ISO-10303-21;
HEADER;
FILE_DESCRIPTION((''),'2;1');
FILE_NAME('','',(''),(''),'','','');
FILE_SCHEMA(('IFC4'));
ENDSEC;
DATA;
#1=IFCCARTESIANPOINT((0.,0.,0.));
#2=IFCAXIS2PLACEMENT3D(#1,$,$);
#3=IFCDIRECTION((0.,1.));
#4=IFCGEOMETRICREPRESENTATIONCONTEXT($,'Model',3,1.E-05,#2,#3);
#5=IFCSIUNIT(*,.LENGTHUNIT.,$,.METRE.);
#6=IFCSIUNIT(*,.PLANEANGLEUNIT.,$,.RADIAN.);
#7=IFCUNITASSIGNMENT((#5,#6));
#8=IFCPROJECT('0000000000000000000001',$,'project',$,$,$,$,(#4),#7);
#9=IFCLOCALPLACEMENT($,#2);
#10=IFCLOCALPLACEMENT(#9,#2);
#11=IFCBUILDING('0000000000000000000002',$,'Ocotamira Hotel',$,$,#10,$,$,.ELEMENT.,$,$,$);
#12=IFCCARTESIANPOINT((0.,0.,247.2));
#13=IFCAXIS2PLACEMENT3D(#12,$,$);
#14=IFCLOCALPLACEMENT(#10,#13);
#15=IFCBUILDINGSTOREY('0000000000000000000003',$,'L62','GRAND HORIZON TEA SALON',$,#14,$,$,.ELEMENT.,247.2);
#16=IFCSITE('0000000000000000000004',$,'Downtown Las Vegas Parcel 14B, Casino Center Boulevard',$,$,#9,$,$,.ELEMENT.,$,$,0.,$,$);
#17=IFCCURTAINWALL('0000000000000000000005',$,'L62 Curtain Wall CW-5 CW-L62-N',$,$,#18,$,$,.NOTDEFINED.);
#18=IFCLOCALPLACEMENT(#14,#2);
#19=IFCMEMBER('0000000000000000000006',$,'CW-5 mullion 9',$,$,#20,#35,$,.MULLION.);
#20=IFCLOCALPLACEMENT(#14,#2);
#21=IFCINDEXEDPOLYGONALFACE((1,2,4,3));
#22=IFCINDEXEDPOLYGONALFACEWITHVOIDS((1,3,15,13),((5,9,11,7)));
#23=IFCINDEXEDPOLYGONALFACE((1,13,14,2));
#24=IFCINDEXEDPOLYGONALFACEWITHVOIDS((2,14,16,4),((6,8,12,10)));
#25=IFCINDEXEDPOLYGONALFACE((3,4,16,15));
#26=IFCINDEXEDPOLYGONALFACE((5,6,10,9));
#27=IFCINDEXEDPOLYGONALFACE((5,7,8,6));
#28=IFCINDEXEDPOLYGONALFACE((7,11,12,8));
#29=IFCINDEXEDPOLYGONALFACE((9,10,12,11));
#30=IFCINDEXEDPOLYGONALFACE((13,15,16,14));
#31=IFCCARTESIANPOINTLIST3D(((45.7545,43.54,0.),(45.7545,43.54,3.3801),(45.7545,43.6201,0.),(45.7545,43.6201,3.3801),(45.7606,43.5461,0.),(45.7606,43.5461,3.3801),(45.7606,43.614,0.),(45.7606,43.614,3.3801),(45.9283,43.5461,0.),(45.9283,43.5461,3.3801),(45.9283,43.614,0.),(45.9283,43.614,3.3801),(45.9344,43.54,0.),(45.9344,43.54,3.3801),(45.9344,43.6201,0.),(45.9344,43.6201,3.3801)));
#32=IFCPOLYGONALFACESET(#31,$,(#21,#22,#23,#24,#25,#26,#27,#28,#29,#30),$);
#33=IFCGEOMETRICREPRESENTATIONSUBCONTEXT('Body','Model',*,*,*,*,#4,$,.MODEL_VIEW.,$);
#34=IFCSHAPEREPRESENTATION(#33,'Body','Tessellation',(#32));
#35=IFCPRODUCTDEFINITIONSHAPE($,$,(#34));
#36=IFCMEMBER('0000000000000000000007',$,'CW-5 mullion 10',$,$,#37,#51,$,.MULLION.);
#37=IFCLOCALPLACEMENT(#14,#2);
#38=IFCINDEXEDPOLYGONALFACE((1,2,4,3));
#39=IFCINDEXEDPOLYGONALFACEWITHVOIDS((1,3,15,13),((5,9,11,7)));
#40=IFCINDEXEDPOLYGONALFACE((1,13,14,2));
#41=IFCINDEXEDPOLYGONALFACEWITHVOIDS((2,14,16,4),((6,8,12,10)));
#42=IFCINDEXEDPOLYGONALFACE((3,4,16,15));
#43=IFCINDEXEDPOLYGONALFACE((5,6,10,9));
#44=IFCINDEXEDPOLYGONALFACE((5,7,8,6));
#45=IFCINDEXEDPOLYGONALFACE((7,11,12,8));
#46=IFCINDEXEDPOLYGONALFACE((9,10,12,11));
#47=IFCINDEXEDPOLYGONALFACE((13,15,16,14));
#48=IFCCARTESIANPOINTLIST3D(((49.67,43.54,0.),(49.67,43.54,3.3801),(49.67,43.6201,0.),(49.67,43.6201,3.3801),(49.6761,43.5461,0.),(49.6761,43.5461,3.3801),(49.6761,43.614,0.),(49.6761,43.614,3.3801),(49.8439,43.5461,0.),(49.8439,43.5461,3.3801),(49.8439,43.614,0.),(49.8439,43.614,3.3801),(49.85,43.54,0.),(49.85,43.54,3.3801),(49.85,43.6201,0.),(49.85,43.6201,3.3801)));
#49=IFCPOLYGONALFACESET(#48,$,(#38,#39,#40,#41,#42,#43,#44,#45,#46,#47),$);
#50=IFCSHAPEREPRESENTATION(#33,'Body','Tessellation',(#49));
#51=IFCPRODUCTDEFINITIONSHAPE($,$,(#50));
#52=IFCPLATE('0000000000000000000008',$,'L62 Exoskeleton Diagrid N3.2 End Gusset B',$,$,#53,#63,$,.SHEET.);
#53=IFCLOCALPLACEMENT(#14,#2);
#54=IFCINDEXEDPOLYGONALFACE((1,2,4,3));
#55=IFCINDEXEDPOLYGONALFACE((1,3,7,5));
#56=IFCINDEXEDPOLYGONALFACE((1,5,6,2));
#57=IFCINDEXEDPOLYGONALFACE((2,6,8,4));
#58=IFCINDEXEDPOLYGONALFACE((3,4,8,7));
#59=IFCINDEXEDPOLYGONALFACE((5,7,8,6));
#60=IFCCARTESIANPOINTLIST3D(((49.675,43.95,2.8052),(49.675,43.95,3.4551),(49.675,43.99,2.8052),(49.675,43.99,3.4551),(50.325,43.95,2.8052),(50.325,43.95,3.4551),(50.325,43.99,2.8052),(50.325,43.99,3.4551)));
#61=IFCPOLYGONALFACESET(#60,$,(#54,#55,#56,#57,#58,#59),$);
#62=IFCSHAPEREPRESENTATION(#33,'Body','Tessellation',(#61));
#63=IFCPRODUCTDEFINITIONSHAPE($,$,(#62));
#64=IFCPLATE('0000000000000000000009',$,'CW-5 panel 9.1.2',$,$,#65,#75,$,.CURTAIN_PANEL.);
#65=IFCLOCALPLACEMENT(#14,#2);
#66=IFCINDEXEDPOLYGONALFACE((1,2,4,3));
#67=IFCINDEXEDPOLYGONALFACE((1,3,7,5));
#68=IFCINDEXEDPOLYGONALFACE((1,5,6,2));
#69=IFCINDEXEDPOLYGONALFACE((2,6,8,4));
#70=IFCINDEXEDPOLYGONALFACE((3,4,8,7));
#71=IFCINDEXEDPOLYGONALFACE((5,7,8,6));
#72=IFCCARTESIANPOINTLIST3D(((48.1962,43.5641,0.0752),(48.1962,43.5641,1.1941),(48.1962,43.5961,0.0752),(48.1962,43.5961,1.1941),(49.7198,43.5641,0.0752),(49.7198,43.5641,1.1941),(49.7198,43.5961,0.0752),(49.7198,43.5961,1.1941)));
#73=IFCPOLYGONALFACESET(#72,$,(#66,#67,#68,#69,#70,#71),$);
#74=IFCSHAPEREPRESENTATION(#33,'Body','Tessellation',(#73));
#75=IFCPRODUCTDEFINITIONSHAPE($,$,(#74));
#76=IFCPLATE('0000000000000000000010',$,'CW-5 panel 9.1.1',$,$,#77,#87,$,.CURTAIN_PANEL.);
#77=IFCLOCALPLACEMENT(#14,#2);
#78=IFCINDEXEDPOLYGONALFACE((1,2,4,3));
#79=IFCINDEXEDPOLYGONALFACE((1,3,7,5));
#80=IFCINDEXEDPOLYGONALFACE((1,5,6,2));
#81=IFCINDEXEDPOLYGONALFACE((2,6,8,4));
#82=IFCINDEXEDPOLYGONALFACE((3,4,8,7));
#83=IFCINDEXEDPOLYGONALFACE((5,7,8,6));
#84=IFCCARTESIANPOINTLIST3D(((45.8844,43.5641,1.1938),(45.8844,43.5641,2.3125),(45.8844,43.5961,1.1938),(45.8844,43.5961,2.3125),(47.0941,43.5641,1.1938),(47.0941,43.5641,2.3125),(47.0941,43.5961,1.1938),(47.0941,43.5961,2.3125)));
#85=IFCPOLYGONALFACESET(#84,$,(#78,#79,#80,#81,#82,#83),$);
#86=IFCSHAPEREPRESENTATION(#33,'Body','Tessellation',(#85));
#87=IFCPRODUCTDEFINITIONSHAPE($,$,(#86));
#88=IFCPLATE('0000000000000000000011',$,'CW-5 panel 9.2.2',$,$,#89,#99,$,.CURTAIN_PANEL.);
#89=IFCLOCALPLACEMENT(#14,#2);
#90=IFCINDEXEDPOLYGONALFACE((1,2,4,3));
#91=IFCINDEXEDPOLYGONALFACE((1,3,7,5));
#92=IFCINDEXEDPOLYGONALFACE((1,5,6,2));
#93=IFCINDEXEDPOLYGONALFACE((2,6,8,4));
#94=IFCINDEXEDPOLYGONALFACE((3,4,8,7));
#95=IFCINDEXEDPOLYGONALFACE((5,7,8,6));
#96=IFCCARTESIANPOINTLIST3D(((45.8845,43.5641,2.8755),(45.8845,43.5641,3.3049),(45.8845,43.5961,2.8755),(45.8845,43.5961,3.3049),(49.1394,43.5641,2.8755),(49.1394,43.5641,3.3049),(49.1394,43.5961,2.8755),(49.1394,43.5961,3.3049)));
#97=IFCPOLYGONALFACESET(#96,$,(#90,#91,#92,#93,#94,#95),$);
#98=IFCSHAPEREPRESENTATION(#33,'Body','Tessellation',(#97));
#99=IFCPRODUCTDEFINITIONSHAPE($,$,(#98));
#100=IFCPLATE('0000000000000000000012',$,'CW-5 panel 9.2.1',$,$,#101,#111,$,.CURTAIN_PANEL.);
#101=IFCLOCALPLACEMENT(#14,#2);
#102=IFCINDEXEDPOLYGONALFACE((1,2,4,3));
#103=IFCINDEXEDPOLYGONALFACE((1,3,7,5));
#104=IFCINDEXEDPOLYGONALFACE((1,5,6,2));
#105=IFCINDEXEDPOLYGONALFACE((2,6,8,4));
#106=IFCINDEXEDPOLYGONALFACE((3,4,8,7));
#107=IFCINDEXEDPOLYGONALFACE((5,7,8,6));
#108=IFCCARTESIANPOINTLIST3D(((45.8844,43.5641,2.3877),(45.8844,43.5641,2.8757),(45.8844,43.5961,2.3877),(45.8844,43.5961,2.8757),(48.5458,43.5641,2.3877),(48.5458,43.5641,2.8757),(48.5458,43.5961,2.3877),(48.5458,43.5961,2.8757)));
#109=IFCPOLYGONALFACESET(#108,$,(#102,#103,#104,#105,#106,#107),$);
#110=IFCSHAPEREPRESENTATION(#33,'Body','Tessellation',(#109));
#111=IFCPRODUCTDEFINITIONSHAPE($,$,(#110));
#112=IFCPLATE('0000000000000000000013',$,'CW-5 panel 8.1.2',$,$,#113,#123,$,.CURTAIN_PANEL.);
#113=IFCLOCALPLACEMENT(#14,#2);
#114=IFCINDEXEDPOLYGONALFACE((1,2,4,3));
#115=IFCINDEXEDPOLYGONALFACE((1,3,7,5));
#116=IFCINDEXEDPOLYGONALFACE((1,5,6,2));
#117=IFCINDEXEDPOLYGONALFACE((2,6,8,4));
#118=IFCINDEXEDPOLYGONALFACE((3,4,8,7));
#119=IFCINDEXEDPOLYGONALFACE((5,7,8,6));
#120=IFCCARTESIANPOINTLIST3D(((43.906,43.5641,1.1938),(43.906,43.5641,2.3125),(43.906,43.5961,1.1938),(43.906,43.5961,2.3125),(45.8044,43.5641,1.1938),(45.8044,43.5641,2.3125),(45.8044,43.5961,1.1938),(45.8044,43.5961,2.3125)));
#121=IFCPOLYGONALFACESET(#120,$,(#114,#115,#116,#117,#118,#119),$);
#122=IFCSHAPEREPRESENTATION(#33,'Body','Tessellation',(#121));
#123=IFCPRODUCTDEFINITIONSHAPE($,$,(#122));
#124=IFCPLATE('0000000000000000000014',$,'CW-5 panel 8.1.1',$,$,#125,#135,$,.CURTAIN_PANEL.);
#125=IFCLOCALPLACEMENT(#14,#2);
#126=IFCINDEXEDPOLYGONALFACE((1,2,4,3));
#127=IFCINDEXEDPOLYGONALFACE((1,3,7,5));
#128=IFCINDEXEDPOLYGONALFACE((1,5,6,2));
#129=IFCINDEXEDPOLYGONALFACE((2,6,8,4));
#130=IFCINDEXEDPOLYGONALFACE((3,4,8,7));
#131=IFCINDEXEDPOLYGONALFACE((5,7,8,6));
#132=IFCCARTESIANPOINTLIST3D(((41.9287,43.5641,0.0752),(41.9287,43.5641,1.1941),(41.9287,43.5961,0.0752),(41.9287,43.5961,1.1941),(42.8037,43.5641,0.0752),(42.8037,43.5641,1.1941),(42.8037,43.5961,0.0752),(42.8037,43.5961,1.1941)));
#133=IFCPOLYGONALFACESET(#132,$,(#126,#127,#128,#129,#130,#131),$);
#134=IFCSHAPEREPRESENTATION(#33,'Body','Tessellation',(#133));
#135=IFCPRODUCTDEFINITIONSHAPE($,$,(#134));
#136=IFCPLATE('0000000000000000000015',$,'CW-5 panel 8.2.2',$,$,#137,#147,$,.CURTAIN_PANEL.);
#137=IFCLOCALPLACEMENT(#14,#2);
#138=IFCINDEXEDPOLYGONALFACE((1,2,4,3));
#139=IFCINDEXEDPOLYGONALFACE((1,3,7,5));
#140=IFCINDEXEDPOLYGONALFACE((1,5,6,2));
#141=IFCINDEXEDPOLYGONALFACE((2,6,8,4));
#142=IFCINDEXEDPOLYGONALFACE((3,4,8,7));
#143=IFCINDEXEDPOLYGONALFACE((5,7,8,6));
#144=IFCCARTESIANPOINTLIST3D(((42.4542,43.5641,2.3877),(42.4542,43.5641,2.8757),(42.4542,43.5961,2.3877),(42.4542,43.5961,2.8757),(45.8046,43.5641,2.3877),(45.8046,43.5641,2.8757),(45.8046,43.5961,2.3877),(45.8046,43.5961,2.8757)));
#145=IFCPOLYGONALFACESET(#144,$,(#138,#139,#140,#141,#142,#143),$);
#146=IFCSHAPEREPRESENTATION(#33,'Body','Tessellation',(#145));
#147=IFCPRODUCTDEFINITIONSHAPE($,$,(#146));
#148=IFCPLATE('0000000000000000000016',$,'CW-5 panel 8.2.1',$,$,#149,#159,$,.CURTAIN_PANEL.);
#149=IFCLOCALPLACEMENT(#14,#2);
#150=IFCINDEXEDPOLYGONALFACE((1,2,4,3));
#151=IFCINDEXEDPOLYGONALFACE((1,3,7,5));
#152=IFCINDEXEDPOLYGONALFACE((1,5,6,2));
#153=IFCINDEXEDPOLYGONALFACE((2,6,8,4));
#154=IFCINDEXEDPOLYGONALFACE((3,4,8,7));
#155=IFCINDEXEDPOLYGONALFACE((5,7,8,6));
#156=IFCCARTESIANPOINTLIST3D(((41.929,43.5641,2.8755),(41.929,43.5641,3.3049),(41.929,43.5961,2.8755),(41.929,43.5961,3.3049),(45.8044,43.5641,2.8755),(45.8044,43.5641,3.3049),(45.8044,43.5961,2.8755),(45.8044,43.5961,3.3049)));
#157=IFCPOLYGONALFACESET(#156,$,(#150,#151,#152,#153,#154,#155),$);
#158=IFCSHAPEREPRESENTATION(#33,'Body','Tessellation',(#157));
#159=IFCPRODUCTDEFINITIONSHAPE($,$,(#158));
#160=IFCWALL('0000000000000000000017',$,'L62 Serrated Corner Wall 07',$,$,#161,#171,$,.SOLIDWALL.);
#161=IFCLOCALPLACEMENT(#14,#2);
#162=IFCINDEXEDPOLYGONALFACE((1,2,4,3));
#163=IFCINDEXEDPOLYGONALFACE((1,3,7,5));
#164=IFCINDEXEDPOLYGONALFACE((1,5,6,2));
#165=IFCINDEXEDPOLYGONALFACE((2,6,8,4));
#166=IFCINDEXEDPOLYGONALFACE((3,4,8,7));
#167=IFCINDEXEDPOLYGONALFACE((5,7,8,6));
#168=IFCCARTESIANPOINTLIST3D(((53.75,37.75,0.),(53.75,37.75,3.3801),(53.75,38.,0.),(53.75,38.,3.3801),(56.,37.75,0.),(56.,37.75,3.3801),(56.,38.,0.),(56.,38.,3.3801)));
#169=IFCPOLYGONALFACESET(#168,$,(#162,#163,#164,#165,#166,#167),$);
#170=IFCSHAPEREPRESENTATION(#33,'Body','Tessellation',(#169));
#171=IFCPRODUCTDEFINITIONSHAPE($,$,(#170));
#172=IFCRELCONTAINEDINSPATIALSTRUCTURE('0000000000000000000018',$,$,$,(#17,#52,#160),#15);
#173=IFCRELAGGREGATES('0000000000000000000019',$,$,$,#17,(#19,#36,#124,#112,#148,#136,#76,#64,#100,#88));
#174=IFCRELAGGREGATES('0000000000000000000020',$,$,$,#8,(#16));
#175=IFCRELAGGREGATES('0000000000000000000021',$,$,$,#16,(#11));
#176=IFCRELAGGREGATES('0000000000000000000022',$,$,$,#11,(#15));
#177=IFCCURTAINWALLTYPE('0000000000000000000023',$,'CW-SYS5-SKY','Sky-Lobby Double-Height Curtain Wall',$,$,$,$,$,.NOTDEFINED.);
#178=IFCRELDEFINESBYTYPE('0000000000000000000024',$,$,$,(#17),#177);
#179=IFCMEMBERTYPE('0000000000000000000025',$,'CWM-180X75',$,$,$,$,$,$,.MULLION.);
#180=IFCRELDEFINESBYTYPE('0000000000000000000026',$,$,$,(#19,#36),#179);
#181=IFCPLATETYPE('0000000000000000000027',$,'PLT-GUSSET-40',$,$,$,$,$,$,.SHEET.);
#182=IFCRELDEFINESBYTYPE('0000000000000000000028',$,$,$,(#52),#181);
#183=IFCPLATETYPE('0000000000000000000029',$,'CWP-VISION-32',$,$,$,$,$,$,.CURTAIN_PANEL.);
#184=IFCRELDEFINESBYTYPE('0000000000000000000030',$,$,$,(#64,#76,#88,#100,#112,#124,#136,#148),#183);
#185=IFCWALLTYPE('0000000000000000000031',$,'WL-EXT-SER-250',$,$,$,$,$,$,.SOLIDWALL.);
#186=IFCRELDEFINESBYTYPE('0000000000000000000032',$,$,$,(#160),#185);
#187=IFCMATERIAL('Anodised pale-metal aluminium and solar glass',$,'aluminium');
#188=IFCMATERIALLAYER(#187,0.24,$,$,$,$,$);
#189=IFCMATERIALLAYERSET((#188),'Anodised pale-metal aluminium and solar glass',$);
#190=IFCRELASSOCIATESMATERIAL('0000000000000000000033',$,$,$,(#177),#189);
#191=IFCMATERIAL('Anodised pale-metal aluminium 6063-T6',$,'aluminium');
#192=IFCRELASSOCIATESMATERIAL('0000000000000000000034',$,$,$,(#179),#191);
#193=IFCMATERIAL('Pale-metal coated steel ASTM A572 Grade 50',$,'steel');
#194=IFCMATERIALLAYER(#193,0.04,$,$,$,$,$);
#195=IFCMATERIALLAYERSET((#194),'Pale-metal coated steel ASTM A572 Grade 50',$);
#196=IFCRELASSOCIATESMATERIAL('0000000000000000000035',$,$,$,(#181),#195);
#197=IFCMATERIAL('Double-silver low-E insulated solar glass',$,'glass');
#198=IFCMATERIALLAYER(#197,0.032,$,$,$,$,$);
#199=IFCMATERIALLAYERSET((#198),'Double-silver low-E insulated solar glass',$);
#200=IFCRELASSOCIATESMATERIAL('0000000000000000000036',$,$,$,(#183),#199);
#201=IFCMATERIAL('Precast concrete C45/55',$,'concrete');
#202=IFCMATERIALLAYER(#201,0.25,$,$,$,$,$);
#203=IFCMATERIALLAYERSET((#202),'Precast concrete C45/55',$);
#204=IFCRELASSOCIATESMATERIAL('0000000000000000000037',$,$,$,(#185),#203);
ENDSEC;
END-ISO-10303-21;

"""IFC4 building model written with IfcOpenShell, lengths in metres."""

from ifc_helpers import new_model, si_unit, direction, frame, frame_2d, origin, origin_2d, place, context, subcontext, project, spatial, rectangle, hollow_rectangle, extrude, source, transform, mapped, material, layer, layer_set, material_profile, profile_set, type_object, element, aggregate, save


model = new_model("IFC4")

# Units and contexts
model_context = context("Model", 3, precision=1e-05, world=origin(), true_north=direction((0.0, 1.0)))
body_context = subcontext(model_context, "Body", "Model", "MODEL_VIEW")
ifc_project = project(units=[si_unit("LENGTHUNIT", "METRE"), si_unit("PLANEANGLEUNIT", "RADIAN")], contexts=[model_context])

# Site, building, storey
site_placement = place(None, origin())
site = spatial("IfcSite", under=ifc_project, at=site_placement, Name="Downtown Las Vegas Parcel 14B, Casino Center Boulevard", CompositionType="ELEMENT", RefElevation=0.0)
building_placement = place(site_placement, origin())
building = spatial("IfcBuilding", under=site, at=building_placement, Name="Ocotamira Hotel", CompositionType="ELEMENT")
storey_placement = place(building_placement, frame((0.0, 0.0, 247.2)))
storey = spatial("IfcBuildingStorey", under=building, at=storey_placement, Name="L62", Description="GRAND HORIZON TEA SALON", CompositionType="ELEMENT", Elevation=247.2)

# Curtain wall, members
ifc_material_1 = material(Name="Anodised pale-metal aluminium and solar glass", Category="aluminium")
ifc_layer_1 = layer(ifc_material_1, 0.24)
ifc_layer_set_1 = layer_set([ifc_layer_1], Name="Anodised pale-metal aluminium and solar glass")
curtain_wall_type = type_object("IfcCurtainWallType", Name="CW-SYS5-SKY", Description="Sky-Lobby Double-Height Curtain Wall", PredefinedType="NOTDEFINED", material=ifc_layer_set_1)
curtain_wall_placement = place(storey_placement, origin())
curtain_wall = element("IfcCurtainWall", 1, at=curtain_wall_placement, inside=storey, type_object=curtain_wall_type, Name="L62 Curtain Wall CW-5 CW-L62-N", PredefinedType="NOTDEFINED")
ifc_material_2 = material(Name="Anodised pale-metal aluminium 6063-T6", Category="aluminium")
ifc_material_profile_1 = material_profile(ifc_material_2, hollow_rectangle(XDim=0.0801, YDim=0.1799, WallThickness=0.0061, at=origin_2d()), Name="HSS180X80X6")
ifc_profile_set_1 = profile_set([ifc_material_profile_1], Name="Anodised pale-metal aluminium 6063-T6")
member_type_1 = type_object("IfcMemberType", Name="CWM-180X75", PredefinedType="MULLION", material=ifc_profile_set_1)
shared_shape_1 = source(origin(), body_context, "Body", "SweptSolid", [
    extrude(hollow_rectangle(XDim=0.0801, YDim=0.1799, WallThickness=0.0061, at=origin_2d()), origin(), (0.0, 0.0, 1.0), 3.3801),
])
member_1_placement = place(storey_placement, frame((45.8445, 43.5801, 0.0), z_axis=(0.0, 0.0, 1.0), x_axis=(0.0, 1.0, 0.0)))
member_1 = element("IfcMember", 2, at=member_1_placement, type_object=member_type_1, Name="CW-5 mullion 9", PredefinedType="MULLION", context=body_context, shape_type="MappedRepresentation", body=[
    mapped(shared_shape_1, transform((0.0, 0.0, 0.0), scale=1.0)),
])
member_2_placement = place(storey_placement, frame((49.76, 43.5801, 0.0), z_axis=(0.0, 0.0, 1.0), x_axis=(0.0, 1.0, 0.0)))
member_2 = element("IfcMember", 3, at=member_2_placement, type_object=member_type_1, Name="CW-5 mullion 10", PredefinedType="MULLION", context=body_context, shape_type="MappedRepresentation", body=[
    mapped(shared_shape_1, transform((0.0, 0.0, 0.0), scale=1.0)),
])

# Plates
ifc_material_3 = material(Name="Pale-metal coated steel ASTM A572 Grade 50", Category="steel")
ifc_layer_2 = layer(ifc_material_3, 0.04)
ifc_layer_set_2 = layer_set([ifc_layer_2], Name="Pale-metal coated steel ASTM A572 Grade 50")
plate_type_1 = type_object("IfcPlateType", Name="PLT-GUSSET-40", PredefinedType="SHEET", material=ifc_layer_set_2)
shared_shape_2 = source(origin(), body_context, "Body", "SweptSolid", [
    extrude(rectangle(XDim=0.6499, YDim=0.04, at=origin_2d()), origin(), (0.0, 0.0, 1.0), 0.6499),
])
plate_1_placement = place(storey_placement, frame((50.0, 43.97, 2.8052), z_axis=(0.0, 0.0, 1.0), x_axis=(1.0, 0.0, 0.0)))
element("IfcPlate", 4, at=plate_1_placement, inside=storey, type_object=plate_type_1, Name="L62 Exoskeleton Diagrid N3.2 End Gusset B", PredefinedType="SHEET", context=body_context, shape_type="MappedRepresentation", body=[
    mapped(shared_shape_2, transform((0.0, 0.0, 0.0), scale=1.0)),
])
ifc_material_4 = material(Name="Double-silver low-E insulated solar glass", Category="glass")
ifc_layer_3 = layer(ifc_material_4, 0.032)
ifc_layer_set_3 = layer_set([ifc_layer_3], Name="Double-silver low-E insulated solar glass")
plate_type_2 = type_object("IfcPlateType", Name="CWP-VISION-32", PredefinedType="CURTAIN_PANEL", material=ifc_layer_set_3)
shared_shape_3 = source(origin(), body_context, "Body", "SweptSolid", [
    extrude(rectangle(XDim=1.5237, YDim=0.032, at=origin_2d()), origin(), (0.0, 0.0, 1.0), 1.1189),
])
plate_2_placement = place(storey_placement, frame((48.958, 43.5801, 0.0752), z_axis=(0.0, 0.0, 1.0), x_axis=(1.0, 0.0, 0.0)))
plate_2 = element("IfcPlate", 5, at=plate_2_placement, type_object=plate_type_2, Name="CW-5 panel 9.1.2", PredefinedType="CURTAIN_PANEL", context=body_context, shape_type="MappedRepresentation", body=[
    mapped(shared_shape_3, transform((0.0, 0.0, 0.0), scale=1.0)),
])
shared_shape_4 = source(origin(), body_context, "Body", "SweptSolid", [
    extrude(rectangle(XDim=1.2097, YDim=0.032, at=origin_2d()), origin(), (0.0, 0.0, 1.0), 1.1187),
])
plate_3_placement = place(storey_placement, frame((46.4893, 43.5801, 1.1938), z_axis=(0.0, 0.0, 1.0), x_axis=(1.0, 0.0, 0.0)))
plate_3 = element("IfcPlate", 6, at=plate_3_placement, type_object=plate_type_2, Name="CW-5 panel 9.1.1", PredefinedType="CURTAIN_PANEL", context=body_context, shape_type="MappedRepresentation", body=[
    mapped(shared_shape_4, transform((0.0, 0.0, 0.0), scale=1.0)),
])
shared_shape_5 = source(origin(), body_context, "Body", "SweptSolid", [
    extrude(rectangle(XDim=3.2549, YDim=0.032, at=origin_2d()), origin(), (0.0, 0.0, 1.0), 0.4294),
])
plate_4_placement = place(storey_placement, frame((47.512, 43.5801, 2.8755), z_axis=(0.0, 0.0, 1.0), x_axis=(1.0, 0.0, 0.0)))
plate_4 = element("IfcPlate", 7, at=plate_4_placement, type_object=plate_type_2, Name="CW-5 panel 9.2.2", PredefinedType="CURTAIN_PANEL", context=body_context, shape_type="MappedRepresentation", body=[
    mapped(shared_shape_5, transform((0.0, 0.0, 0.0), scale=1.0)),
])
shared_shape_6 = source(origin(), body_context, "Body", "SweptSolid", [
    extrude(rectangle(XDim=2.6614, YDim=0.032, at=origin_2d()), origin(), (0.0, 0.0, 1.0), 0.488),
])
plate_5_placement = place(storey_placement, frame((47.2151, 43.5801, 2.3877), z_axis=(0.0, 0.0, 1.0), x_axis=(1.0, 0.0, 0.0)))
plate_5 = element("IfcPlate", 8, at=plate_5_placement, type_object=plate_type_2, Name="CW-5 panel 9.2.1", PredefinedType="CURTAIN_PANEL", context=body_context, shape_type="MappedRepresentation", body=[
    mapped(shared_shape_6, transform((0.0, 0.0, 0.0), scale=1.0)),
])
shared_shape_7 = source(origin(), body_context, "Body", "SweptSolid", [
    extrude(rectangle(XDim=1.8984, YDim=0.032, at=origin_2d()), origin(), (0.0, 0.0, 1.0), 1.1187),
])
plate_6_placement = place(storey_placement, frame((44.8552, 43.5801, 1.1938), z_axis=(0.0, 0.0, 1.0), x_axis=(1.0, 0.0, 0.0)))
plate_6 = element("IfcPlate", 9, at=plate_6_placement, type_object=plate_type_2, Name="CW-5 panel 8.1.2", PredefinedType="CURTAIN_PANEL", context=body_context, shape_type="MappedRepresentation", body=[
    mapped(shared_shape_7, transform((0.0, 0.0, 0.0), scale=1.0)),
])
shared_shape_8 = source(origin(), body_context, "Body", "SweptSolid", [
    extrude(rectangle(XDim=0.875, YDim=0.032, at=origin_2d()), origin(), (0.0, 0.0, 1.0), 1.1189),
])
plate_7_placement = place(storey_placement, frame((42.3662, 43.5801, 0.0752), z_axis=(0.0, 0.0, 1.0), x_axis=(1.0, 0.0, 0.0)))
plate_7 = element("IfcPlate", 10, at=plate_7_placement, type_object=plate_type_2, Name="CW-5 panel 8.1.1", PredefinedType="CURTAIN_PANEL", context=body_context, shape_type="MappedRepresentation", body=[
    mapped(shared_shape_8, transform((0.0, 0.0, 0.0), scale=1.0)),
])
shared_shape_9 = source(origin(), body_context, "Body", "SweptSolid", [
    extrude(rectangle(XDim=3.3503, YDim=0.032, at=origin_2d()), origin(), (0.0, 0.0, 1.0), 0.488),
])
plate_8_placement = place(storey_placement, frame((44.1294, 43.5801, 2.3877), z_axis=(0.0, 0.0, 1.0), x_axis=(1.0, 0.0, 0.0)))
plate_8 = element("IfcPlate", 11, at=plate_8_placement, type_object=plate_type_2, Name="CW-5 panel 8.2.2", PredefinedType="CURTAIN_PANEL", context=body_context, shape_type="MappedRepresentation", body=[
    mapped(shared_shape_9, transform((0.0, 0.0, 0.0), scale=1.0)),
])
shared_shape_10 = source(origin(), body_context, "Body", "SweptSolid", [
    extrude(rectangle(XDim=3.8755, YDim=0.032, at=origin_2d()), origin(), (0.0, 0.0, 1.0), 0.4294),
])
plate_9_placement = place(storey_placement, frame((43.8667, 43.5801, 2.8755), z_axis=(0.0, 0.0, 1.0), x_axis=(1.0, 0.0, 0.0)))
plate_9 = element("IfcPlate", 12, at=plate_9_placement, type_object=plate_type_2, Name="CW-5 panel 8.2.1", PredefinedType="CURTAIN_PANEL", context=body_context, shape_type="MappedRepresentation", body=[
    mapped(shared_shape_10, transform((0.0, 0.0, 0.0), scale=1.0)),
])
aggregate(curtain_wall, [member_1, member_2, plate_7, plate_6, plate_9, plate_8, plate_3, plate_2, plate_5, plate_4])

# Wall
ifc_material_5 = material(Name="Precast concrete C45/55", Category="concrete")
ifc_layer_4 = layer(ifc_material_5, 0.25)
ifc_layer_set_4 = layer_set([ifc_layer_4], Name="Precast concrete C45/55")
wall_type_1 = type_object("IfcWallType", Name="WL-EXT-SER-250", PredefinedType="SOLIDWALL", material=ifc_layer_set_4)
wall_1_placement = place(storey_placement, frame((56.0, 37.875, 0.0), z_axis=(0.0, 0.0, 1.0), x_axis=(-1.0, 0.0, 0.0)))
element("IfcWall", 13, at=wall_1_placement, inside=storey, type_object=wall_type_1, Name="L62 Serrated Corner Wall 07", PredefinedType="SOLIDWALL", context=body_context, shape_type="SweptSolid", body=[
    extrude(rectangle(XDim=2.25, YDim=0.25, at=frame_2d((1.125, 0.0))), origin(), (0.0, 0.0, 1.0), 3.3801),
])

save(model, "model.ifc")
